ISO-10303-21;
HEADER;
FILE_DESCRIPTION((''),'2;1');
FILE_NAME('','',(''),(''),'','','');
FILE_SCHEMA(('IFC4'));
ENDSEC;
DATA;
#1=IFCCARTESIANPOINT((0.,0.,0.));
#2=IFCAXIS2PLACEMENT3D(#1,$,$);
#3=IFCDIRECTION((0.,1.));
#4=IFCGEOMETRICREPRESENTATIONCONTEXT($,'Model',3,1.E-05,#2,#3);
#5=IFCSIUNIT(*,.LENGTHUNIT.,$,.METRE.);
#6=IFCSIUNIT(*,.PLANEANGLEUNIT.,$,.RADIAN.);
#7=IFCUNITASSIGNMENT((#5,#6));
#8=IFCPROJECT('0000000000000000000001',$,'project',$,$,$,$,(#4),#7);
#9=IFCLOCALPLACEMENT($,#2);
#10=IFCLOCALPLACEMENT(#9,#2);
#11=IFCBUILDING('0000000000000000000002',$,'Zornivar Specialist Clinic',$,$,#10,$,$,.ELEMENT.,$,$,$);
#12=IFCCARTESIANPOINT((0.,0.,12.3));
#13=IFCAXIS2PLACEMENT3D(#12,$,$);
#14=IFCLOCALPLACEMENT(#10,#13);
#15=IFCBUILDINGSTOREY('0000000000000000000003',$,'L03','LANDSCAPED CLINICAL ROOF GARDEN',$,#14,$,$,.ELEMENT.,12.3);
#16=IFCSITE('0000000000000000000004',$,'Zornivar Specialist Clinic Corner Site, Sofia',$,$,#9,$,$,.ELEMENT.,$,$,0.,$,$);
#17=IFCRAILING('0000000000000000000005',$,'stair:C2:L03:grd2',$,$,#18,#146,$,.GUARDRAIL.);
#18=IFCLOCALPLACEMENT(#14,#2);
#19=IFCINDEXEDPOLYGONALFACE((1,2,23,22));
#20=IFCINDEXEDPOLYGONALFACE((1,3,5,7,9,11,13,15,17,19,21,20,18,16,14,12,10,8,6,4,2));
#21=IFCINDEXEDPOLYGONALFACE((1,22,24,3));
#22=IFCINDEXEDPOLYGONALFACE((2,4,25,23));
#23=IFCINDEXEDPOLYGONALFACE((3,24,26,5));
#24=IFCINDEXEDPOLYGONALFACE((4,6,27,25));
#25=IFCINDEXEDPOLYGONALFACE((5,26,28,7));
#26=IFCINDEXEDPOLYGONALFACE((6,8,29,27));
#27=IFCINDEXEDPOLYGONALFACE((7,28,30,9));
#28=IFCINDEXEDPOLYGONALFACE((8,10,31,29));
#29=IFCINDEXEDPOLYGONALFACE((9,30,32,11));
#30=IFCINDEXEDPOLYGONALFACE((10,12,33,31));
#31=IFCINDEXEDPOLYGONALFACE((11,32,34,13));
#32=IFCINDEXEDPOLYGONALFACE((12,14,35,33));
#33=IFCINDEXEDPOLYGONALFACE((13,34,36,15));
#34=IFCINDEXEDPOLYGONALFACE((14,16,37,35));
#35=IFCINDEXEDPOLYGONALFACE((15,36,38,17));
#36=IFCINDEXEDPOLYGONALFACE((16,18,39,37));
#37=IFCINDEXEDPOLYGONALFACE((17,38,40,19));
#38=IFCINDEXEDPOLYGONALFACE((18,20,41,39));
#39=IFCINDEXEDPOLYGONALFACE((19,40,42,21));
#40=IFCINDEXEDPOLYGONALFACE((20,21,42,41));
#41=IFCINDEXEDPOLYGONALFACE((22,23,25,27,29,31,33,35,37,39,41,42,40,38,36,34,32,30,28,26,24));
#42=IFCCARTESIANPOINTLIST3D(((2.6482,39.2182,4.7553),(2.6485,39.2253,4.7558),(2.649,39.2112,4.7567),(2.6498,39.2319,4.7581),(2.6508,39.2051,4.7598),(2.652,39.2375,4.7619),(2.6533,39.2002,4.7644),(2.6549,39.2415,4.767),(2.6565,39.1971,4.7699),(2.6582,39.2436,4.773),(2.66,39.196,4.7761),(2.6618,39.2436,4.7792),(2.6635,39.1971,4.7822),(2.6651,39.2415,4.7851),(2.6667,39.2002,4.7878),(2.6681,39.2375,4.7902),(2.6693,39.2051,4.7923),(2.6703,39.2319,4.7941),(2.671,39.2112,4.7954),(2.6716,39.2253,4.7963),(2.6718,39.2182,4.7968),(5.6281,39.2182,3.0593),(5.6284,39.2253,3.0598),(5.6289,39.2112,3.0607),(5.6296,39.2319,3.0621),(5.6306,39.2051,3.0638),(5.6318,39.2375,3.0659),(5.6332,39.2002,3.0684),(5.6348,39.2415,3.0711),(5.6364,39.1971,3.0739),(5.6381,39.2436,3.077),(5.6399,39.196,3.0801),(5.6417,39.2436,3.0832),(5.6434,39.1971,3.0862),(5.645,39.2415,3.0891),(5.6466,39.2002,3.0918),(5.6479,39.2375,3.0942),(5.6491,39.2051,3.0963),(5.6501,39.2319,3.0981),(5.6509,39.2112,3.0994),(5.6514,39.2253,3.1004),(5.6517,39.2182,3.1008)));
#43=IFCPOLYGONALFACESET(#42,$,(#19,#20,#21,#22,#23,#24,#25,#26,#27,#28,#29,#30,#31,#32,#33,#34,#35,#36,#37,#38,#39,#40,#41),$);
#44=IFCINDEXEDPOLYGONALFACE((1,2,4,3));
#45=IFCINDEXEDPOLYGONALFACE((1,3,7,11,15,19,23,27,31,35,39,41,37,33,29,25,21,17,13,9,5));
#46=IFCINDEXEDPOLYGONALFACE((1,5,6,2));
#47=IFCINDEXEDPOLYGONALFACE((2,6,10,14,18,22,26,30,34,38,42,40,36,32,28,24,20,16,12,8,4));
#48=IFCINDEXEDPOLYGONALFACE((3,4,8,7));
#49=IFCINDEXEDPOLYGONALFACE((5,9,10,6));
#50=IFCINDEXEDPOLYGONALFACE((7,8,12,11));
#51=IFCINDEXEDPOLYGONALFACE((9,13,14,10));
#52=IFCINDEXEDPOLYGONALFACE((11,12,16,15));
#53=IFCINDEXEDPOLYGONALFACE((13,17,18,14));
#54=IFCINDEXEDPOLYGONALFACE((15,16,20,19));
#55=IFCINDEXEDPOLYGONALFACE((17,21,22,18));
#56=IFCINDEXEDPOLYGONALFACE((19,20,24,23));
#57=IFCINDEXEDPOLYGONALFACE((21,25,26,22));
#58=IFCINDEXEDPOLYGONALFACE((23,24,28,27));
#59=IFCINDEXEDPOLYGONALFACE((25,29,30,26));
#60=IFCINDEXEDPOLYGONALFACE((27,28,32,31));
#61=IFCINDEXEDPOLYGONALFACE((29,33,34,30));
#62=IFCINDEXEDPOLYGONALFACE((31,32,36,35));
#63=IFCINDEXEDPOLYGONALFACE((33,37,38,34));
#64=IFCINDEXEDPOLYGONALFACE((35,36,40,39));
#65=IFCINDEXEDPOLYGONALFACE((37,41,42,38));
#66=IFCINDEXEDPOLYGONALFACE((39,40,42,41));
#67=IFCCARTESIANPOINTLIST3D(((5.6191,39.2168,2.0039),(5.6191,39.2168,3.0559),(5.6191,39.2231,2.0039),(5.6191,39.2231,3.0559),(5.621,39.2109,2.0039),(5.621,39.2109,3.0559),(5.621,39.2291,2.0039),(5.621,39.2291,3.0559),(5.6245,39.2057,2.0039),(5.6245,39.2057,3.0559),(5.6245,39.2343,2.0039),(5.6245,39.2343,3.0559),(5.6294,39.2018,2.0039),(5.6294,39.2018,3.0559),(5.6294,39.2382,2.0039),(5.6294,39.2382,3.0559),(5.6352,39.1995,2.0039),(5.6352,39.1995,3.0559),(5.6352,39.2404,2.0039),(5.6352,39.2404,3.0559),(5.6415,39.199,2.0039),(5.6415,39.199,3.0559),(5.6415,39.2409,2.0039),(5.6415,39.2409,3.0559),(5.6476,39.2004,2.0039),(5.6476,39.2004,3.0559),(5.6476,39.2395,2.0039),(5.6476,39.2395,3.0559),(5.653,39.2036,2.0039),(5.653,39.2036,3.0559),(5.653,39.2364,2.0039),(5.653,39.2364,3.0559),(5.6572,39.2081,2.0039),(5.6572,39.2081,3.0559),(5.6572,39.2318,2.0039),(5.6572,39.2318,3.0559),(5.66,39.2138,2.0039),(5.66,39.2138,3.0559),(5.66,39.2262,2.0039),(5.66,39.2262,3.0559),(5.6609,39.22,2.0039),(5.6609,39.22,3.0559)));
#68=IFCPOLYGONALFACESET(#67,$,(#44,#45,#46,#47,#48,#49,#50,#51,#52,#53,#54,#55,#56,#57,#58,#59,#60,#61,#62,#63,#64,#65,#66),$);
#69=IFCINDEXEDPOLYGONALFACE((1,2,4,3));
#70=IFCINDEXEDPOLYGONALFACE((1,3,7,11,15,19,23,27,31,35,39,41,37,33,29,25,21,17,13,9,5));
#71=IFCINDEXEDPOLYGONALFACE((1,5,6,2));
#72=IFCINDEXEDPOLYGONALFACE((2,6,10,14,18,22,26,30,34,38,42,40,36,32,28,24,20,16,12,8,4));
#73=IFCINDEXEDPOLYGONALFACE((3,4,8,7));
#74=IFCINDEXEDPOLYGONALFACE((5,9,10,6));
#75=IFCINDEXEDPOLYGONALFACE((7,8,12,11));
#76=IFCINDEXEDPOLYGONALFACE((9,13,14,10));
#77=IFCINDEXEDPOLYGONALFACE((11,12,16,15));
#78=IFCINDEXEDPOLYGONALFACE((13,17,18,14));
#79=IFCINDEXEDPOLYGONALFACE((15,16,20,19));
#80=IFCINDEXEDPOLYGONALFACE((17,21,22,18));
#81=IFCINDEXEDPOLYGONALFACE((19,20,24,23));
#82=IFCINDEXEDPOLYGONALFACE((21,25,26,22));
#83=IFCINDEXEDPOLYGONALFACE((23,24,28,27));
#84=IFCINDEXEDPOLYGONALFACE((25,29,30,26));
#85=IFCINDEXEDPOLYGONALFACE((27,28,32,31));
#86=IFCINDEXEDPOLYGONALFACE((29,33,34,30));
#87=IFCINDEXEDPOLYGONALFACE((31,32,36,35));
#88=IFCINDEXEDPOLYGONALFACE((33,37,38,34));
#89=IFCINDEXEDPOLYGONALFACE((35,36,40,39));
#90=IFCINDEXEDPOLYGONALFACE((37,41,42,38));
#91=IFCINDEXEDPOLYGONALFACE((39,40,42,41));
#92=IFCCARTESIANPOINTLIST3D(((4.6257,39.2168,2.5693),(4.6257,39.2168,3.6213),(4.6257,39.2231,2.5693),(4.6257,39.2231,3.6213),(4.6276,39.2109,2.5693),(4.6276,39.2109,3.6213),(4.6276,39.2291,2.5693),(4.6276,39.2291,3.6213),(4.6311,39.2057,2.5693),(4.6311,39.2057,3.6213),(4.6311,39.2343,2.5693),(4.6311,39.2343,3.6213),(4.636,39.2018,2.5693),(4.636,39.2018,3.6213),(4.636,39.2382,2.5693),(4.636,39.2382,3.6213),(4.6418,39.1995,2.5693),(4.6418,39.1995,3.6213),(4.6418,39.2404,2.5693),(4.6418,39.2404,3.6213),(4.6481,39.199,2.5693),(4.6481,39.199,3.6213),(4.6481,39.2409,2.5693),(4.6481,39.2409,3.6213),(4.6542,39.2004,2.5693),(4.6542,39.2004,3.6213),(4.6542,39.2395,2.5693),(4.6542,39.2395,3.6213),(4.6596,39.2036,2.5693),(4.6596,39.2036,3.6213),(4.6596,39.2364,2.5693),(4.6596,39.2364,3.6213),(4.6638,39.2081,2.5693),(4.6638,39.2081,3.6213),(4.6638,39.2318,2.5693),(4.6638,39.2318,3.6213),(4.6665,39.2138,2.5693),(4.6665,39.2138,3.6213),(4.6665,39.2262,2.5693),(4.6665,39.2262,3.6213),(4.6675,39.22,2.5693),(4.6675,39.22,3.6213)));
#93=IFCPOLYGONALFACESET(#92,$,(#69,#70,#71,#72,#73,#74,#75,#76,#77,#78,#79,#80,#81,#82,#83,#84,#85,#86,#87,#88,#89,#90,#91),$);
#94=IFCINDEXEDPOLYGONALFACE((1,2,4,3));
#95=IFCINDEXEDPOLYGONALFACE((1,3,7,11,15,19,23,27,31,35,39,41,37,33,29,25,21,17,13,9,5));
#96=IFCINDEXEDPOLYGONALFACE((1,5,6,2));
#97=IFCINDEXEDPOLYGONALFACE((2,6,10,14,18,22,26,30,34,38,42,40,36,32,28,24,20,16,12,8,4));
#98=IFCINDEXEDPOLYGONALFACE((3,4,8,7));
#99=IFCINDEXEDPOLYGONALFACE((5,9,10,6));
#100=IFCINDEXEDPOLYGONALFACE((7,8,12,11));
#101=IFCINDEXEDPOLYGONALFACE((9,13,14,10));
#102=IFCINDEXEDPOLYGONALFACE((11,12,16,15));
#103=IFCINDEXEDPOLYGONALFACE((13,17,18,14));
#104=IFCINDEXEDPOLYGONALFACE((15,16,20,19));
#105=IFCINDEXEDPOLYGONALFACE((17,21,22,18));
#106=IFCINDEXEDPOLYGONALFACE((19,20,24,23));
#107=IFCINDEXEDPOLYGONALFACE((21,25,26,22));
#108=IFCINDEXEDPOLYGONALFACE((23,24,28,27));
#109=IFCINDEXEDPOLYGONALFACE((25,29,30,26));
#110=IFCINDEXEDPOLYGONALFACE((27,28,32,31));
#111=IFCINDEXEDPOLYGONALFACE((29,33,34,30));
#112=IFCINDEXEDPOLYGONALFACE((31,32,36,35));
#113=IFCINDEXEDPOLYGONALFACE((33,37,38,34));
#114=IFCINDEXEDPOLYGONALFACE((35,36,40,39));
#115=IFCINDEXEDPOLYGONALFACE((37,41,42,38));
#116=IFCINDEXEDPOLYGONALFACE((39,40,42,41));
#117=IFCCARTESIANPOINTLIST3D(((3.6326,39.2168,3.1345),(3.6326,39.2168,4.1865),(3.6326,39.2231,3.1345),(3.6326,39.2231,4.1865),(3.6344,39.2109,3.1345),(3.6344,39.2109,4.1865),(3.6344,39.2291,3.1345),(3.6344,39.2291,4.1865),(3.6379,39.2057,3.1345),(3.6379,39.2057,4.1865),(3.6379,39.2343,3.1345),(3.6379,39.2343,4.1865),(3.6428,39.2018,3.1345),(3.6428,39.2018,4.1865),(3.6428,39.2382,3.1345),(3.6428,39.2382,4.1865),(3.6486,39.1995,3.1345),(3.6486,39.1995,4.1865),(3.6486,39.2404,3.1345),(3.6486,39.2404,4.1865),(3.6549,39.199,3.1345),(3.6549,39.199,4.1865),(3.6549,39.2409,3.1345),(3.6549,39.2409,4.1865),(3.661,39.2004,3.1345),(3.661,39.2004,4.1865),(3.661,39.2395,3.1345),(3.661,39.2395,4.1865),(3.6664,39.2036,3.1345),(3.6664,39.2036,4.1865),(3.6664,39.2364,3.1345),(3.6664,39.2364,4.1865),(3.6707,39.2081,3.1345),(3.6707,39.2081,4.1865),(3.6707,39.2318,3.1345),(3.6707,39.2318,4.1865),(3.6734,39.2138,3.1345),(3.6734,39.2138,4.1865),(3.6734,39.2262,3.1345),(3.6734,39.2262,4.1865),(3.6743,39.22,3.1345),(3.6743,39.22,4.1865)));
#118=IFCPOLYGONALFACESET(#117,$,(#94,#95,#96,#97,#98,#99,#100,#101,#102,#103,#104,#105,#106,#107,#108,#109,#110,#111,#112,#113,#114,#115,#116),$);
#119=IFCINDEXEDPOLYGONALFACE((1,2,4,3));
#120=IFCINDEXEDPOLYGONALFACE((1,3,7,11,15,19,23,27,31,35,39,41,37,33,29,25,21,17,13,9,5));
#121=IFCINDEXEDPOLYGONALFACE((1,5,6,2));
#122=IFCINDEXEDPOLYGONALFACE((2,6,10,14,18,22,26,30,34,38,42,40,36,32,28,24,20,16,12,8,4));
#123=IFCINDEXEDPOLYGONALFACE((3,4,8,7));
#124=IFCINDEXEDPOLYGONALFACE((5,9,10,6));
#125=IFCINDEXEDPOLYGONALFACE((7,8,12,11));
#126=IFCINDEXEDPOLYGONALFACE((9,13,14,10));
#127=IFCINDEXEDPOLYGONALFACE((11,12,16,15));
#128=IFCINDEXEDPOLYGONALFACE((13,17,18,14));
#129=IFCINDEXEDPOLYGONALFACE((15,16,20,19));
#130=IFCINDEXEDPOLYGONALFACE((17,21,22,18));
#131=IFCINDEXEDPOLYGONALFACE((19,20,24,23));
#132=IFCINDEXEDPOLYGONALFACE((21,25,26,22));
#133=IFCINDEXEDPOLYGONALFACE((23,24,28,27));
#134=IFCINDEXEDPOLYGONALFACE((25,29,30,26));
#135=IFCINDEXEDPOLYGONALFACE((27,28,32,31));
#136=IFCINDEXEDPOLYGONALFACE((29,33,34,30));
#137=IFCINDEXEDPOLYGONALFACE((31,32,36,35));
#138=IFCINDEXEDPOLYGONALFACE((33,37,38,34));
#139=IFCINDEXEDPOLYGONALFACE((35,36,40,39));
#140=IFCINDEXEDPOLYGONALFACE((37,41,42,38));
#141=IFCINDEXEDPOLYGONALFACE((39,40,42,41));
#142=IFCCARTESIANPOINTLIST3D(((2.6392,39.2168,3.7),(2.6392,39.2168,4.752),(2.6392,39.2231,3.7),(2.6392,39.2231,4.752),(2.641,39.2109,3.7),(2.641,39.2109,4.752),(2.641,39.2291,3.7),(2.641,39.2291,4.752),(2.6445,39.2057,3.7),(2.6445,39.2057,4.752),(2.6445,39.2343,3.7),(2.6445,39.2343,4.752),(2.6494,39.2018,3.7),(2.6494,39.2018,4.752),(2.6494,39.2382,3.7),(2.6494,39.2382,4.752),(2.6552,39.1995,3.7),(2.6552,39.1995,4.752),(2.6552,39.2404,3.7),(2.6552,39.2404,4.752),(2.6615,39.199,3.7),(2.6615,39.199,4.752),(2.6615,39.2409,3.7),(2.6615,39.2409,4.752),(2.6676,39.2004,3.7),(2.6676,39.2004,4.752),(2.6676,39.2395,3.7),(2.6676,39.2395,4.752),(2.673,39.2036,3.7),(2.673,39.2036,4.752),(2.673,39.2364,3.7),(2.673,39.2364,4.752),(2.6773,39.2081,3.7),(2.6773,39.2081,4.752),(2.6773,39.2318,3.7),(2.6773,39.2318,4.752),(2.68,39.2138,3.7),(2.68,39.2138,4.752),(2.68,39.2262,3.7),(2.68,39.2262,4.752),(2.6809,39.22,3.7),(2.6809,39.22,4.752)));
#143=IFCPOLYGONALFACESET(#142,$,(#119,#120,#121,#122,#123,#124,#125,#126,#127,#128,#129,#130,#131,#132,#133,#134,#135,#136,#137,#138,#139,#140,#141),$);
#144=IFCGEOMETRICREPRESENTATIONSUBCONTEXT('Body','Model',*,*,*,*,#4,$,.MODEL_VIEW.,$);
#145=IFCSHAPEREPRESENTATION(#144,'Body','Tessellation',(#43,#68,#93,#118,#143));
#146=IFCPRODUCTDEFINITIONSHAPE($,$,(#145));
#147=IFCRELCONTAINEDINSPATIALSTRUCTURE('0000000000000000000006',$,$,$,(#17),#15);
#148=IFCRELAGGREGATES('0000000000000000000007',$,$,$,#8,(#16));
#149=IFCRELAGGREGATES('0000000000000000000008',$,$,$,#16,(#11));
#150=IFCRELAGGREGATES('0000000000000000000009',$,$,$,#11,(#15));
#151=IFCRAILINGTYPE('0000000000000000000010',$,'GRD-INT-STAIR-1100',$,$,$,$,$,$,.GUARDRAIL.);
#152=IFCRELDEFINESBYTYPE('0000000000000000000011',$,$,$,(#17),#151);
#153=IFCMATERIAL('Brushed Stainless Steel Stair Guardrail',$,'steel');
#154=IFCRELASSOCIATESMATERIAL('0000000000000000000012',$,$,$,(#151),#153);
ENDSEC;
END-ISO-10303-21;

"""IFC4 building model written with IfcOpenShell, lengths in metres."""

from ifc_helpers import new_model, si_unit, direction, frame, origin, origin_2d, place, context, subcontext, project, spatial, circle, extrude, material, type_object, element, save


model = new_model("IFC4")

# Units and contexts
model_context = context("Model", 3, precision=1e-05, world=origin(), true_north=direction((0.0, 1.0)))
body_context = subcontext(model_context, "Body", "Model", "MODEL_VIEW")
ifc_project = project(units=[si_unit("LENGTHUNIT", "METRE"), si_unit("PLANEANGLEUNIT", "RADIAN")], contexts=[model_context])

# Site, building, storey
site_placement = place(None, origin())
site = spatial("IfcSite", under=ifc_project, at=site_placement, Name="Zornivar Specialist Clinic Corner Site, Sofia", CompositionType="ELEMENT", RefElevation=0.0)
building_placement = place(site_placement, origin())
building = spatial("IfcBuilding", under=site, at=building_placement, Name="Zornivar Specialist Clinic", CompositionType="ELEMENT")
storey_placement = place(building_placement, frame((0.0, 0.0, 12.3)))
storey = spatial("IfcBuildingStorey", under=building, at=storey_placement, Name="L03", Description="LANDSCAPED CLINICAL ROOF GARDEN", CompositionType="ELEMENT", Elevation=12.3)

# Railing
ifc_material_1 = material(Name="Brushed Stainless Steel Stair Guardrail", Category="steel")
railing_type_1 = type_object("IfcRailingType", Name="GRD-INT-STAIR-1100", PredefinedType="GUARDRAIL", material=ifc_material_1)
railing_1_placement = place(storey_placement, frame((5.6399, 39.22, 2.0039)))
element("IfcRailing", 1, at=railing_1_placement, inside=storey, type_object=railing_type_1, Name="stair:C2:L03:grd2", PredefinedType="GUARDRAIL", context=body_context, shape_type="SweptSolid", body=[
    extrude(circle(Radius=0.0239, at=origin_2d()), frame((0.0, 0.0, 1.0762), z_axis=(-0.869096, 0.0, 0.494643), x_axis=(0.0, -1.0, 0.0)), (0.0, 0.0, 1.0), 3.4287),
    extrude(circle(Radius=0.021, at=origin_2d()), origin(), (0.0, 0.0, 1.0), 1.052),
    extrude(circle(Radius=0.021, at=origin_2d()), frame((-0.9934, 0.0, 0.5654)), (0.0, 0.0, 1.0), 1.052),
    extrude(circle(Radius=0.021, at=origin_2d()), frame((-1.9866, 0.0, 1.1306)), (0.0, 0.0, 1.0), 1.052),
    extrude(circle(Radius=0.021, at=origin_2d()), frame((-2.98, 0.0, 1.696)), (0.0, 0.0, 1.0), 1.052),
])

save(model, "model.ifc")
